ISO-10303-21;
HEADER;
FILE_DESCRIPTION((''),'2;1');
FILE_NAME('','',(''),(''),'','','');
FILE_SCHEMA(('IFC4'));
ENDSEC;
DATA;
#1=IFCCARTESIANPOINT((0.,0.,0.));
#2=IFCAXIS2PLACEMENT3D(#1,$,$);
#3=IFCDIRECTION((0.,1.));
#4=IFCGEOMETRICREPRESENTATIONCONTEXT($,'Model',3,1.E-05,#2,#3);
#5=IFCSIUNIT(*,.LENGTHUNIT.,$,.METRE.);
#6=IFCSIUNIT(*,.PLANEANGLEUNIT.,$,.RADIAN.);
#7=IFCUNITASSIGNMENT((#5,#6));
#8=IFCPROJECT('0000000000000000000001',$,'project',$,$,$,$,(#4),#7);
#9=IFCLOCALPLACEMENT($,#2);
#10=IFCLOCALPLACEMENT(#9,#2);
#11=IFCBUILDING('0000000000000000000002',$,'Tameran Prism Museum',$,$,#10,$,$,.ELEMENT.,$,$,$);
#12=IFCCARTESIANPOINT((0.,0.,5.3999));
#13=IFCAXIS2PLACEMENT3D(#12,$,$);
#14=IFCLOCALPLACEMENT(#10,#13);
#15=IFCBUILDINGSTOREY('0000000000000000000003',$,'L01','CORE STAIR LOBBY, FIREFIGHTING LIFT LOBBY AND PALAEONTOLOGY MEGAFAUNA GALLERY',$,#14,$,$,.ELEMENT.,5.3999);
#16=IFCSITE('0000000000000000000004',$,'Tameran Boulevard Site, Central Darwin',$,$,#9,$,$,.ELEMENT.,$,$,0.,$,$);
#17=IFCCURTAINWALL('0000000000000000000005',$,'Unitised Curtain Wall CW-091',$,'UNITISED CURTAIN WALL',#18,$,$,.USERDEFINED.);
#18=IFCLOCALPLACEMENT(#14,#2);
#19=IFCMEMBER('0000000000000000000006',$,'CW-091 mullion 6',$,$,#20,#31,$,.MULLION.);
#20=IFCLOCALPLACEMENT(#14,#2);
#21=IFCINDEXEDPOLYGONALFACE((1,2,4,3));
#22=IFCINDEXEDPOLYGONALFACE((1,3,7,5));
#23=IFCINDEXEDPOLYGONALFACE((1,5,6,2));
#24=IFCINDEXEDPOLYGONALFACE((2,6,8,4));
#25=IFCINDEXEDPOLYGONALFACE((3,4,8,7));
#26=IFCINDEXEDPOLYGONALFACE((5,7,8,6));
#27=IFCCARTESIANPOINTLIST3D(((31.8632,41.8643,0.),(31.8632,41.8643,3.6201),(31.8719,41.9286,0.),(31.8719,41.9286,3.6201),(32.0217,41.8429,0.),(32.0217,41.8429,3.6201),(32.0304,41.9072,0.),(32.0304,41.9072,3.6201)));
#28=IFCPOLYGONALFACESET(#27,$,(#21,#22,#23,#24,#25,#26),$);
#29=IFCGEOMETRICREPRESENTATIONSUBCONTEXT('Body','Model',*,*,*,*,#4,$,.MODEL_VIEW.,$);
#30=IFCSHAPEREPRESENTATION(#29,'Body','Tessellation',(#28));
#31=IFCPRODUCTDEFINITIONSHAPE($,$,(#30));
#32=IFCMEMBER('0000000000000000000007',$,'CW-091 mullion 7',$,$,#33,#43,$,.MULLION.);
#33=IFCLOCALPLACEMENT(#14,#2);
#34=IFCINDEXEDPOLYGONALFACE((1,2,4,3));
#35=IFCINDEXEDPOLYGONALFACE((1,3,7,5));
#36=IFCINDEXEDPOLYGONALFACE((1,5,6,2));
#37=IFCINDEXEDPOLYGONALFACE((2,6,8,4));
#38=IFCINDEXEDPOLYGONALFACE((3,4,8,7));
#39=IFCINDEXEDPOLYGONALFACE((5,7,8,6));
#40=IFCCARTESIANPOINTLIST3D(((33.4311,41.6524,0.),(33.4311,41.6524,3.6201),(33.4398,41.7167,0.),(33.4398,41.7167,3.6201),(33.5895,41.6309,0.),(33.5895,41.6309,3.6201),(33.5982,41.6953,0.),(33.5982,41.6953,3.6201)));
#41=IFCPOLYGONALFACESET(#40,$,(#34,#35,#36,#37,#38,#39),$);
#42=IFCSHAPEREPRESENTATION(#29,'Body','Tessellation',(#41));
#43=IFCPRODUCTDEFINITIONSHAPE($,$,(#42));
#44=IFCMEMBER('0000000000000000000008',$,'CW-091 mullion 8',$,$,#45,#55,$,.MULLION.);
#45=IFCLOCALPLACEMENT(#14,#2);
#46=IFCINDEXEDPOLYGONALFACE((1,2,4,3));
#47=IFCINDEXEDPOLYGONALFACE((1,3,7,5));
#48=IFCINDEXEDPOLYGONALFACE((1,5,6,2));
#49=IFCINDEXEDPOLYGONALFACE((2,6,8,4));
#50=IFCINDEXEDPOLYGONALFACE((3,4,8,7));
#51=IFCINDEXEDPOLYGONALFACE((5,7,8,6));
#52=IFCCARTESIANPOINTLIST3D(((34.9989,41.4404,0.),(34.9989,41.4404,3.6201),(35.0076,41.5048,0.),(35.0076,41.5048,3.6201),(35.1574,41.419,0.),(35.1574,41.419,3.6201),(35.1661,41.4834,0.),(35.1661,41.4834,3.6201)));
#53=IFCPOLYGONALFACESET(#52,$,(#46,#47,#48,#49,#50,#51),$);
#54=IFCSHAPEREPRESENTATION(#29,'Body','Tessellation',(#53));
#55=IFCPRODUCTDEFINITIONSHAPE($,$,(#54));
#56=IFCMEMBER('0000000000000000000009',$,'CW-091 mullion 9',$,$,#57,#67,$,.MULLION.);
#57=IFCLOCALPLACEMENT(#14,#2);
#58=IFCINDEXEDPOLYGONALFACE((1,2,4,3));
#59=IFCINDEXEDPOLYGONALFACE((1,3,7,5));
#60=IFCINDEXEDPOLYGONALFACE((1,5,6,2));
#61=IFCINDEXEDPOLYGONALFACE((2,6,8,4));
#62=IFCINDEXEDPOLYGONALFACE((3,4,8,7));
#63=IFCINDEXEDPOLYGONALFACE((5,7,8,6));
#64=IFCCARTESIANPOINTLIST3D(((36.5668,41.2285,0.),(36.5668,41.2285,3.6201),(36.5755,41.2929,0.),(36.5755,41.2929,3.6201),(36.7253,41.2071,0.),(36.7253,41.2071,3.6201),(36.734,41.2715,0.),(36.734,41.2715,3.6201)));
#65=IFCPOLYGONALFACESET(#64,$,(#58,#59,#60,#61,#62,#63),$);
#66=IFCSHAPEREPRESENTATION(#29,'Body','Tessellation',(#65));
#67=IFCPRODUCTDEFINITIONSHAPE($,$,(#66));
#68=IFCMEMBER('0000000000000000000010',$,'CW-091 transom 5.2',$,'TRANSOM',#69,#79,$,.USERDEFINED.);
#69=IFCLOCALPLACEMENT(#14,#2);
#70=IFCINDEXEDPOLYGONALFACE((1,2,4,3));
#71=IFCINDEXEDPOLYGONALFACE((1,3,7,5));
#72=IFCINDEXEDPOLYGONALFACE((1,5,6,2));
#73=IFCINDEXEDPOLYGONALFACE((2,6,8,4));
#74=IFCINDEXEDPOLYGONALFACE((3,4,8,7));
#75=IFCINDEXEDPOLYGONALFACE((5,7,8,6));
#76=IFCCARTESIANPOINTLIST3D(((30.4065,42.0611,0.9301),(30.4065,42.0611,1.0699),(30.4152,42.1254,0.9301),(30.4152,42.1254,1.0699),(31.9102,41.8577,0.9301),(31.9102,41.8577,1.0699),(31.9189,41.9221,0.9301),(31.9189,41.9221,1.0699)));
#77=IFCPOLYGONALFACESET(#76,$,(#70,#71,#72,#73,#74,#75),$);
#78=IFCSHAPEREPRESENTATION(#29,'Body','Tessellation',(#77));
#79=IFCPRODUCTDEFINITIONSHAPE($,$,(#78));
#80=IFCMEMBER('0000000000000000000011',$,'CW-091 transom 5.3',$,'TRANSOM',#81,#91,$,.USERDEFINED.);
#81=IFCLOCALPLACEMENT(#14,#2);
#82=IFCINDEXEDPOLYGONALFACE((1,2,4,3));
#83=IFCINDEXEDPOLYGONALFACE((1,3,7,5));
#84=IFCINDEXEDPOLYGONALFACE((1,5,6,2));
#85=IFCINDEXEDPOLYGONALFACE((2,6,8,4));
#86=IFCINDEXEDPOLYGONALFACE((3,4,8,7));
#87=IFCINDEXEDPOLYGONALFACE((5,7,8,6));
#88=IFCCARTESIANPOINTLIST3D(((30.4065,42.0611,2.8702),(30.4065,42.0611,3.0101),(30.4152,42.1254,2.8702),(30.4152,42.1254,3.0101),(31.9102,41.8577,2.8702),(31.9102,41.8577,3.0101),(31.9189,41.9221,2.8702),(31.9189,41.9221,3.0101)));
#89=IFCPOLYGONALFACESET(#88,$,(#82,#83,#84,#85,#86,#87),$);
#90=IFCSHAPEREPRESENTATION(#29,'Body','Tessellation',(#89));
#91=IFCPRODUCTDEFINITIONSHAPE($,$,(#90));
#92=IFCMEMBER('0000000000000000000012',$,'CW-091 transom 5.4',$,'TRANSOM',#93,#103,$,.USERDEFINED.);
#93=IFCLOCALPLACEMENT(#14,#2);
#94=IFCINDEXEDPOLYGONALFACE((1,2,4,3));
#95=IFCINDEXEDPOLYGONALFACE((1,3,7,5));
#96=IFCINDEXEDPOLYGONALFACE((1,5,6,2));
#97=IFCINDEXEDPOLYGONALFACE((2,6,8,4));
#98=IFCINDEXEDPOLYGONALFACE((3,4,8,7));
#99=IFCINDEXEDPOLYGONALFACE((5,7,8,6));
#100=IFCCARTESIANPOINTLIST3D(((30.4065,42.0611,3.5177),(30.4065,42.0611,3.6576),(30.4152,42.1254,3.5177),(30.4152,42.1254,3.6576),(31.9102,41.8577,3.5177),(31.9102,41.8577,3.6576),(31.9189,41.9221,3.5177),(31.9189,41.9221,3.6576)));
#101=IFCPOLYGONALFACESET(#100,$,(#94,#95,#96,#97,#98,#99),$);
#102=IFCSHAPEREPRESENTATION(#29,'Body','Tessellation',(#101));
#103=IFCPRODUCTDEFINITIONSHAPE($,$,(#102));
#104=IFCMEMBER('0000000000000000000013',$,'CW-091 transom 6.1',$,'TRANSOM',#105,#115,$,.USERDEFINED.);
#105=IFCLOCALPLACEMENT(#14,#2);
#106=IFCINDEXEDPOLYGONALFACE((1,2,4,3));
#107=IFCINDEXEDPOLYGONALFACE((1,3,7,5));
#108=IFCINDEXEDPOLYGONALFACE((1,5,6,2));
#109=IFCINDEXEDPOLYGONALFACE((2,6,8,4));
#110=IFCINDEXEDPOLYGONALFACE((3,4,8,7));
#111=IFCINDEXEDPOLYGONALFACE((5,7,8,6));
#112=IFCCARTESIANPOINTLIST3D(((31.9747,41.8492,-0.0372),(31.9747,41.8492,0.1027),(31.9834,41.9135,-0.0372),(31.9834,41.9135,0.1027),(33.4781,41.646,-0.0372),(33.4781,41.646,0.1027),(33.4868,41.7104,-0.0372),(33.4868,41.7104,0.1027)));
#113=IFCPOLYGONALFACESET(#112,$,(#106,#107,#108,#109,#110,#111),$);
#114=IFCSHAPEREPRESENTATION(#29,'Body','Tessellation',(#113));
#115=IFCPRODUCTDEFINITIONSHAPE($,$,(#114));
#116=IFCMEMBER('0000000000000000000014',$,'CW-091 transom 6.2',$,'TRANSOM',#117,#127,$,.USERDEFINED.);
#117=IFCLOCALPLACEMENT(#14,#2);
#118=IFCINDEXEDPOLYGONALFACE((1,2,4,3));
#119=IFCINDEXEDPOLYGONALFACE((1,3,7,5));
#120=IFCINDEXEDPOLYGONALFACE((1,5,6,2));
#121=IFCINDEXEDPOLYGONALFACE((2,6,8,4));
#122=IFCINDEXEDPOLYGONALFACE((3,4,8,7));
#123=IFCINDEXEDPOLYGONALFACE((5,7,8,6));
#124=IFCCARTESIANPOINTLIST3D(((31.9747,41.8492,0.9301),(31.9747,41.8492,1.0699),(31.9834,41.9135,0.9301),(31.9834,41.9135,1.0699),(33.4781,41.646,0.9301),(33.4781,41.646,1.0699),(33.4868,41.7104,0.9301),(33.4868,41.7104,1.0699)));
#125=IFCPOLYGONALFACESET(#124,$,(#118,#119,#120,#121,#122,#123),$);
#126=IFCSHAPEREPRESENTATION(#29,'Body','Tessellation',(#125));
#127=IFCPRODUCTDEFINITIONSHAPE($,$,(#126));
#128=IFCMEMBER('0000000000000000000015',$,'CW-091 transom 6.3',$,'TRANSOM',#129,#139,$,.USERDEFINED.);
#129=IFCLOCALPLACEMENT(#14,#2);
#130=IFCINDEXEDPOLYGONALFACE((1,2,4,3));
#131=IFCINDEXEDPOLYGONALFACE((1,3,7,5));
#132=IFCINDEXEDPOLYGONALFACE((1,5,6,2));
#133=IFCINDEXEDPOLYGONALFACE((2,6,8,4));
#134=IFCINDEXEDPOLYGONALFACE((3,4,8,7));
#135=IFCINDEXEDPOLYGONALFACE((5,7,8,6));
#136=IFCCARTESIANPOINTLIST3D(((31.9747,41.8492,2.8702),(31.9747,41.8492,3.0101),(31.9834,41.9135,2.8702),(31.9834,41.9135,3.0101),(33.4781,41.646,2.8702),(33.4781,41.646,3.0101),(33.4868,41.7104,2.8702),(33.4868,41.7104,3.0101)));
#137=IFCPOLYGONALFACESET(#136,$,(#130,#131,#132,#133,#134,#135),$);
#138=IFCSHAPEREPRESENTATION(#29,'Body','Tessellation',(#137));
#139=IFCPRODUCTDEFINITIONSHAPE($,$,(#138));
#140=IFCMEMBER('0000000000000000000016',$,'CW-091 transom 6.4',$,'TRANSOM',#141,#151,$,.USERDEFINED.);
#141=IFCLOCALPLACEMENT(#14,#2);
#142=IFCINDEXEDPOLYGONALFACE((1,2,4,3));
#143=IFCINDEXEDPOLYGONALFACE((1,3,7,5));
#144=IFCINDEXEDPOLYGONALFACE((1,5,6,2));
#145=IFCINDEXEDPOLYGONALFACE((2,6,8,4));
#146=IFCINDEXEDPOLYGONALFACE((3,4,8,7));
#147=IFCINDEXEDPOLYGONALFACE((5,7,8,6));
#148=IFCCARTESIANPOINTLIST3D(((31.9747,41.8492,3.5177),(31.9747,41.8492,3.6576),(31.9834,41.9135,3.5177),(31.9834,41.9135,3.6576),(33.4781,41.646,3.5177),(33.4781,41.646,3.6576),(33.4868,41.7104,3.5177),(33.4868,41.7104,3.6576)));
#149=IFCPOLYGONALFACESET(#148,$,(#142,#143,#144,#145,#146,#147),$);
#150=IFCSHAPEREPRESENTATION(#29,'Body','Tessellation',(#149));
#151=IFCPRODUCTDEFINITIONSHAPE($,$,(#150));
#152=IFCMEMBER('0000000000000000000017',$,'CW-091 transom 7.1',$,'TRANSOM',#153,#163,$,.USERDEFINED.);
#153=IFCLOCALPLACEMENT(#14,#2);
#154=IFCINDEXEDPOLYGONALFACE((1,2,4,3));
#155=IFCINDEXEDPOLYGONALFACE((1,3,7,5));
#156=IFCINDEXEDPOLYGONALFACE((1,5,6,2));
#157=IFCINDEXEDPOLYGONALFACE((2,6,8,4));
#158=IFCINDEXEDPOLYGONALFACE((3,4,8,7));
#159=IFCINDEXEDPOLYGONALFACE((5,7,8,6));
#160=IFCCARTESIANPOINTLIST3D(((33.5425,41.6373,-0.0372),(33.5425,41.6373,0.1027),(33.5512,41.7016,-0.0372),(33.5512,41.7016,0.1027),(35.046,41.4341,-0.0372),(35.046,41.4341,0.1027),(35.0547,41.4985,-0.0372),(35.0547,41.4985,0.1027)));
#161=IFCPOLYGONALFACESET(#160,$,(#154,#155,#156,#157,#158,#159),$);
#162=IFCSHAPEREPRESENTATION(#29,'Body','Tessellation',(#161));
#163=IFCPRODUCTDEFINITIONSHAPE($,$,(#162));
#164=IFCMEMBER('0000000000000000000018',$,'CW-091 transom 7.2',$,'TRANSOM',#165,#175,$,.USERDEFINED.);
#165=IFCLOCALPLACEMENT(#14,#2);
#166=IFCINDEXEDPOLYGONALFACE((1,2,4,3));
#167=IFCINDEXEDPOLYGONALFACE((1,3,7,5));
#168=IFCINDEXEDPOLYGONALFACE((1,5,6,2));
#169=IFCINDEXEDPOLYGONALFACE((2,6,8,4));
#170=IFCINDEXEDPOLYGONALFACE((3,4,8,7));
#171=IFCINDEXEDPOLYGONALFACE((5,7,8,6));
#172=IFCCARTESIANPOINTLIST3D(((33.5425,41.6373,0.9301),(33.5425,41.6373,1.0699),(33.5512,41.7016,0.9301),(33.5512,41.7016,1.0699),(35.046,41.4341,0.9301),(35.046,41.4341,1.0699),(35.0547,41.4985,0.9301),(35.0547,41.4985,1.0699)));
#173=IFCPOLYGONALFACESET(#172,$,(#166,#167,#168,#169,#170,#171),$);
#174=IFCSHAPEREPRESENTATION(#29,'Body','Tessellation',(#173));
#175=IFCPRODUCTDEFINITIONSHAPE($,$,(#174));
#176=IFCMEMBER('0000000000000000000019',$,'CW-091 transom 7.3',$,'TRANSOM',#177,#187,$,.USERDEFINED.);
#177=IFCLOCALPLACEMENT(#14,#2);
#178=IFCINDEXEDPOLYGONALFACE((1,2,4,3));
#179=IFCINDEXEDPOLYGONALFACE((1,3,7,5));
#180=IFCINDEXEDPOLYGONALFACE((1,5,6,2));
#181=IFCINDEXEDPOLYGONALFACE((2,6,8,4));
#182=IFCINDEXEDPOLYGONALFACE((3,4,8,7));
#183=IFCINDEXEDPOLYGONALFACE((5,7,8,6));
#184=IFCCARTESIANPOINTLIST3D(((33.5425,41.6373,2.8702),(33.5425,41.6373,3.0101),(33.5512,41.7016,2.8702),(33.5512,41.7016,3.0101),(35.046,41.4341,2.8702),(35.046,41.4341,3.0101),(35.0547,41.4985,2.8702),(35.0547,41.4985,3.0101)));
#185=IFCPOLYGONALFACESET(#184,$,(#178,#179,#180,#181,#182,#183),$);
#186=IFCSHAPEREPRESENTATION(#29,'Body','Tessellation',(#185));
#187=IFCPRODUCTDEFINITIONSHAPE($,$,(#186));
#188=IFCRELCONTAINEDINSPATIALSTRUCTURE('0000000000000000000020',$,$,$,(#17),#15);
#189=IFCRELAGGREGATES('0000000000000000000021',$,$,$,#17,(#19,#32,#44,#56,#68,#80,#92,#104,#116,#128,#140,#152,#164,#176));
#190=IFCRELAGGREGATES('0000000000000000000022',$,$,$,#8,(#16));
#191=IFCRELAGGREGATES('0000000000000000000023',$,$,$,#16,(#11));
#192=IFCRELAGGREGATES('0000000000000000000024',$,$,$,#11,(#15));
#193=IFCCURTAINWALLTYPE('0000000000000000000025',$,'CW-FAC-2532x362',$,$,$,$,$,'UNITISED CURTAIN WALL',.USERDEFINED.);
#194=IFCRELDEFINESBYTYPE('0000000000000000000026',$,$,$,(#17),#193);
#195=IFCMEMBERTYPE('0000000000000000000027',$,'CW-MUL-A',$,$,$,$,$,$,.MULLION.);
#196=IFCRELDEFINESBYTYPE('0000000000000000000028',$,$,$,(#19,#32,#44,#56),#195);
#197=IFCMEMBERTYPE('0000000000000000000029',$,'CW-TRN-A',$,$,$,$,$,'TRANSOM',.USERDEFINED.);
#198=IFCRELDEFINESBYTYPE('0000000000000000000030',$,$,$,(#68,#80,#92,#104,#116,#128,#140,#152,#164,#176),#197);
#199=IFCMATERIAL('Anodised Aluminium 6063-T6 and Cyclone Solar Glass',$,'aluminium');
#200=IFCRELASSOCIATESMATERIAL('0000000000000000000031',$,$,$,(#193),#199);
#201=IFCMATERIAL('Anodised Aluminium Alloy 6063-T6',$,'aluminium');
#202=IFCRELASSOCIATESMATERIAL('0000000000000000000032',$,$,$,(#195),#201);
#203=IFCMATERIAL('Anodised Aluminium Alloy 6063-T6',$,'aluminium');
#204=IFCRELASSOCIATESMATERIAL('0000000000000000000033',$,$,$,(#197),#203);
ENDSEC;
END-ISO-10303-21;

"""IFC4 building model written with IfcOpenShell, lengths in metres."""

from ifc_helpers import new_model, si_unit, direction, frame, origin, origin_2d, place, context, subcontext, project, spatial, rectangle, extrude, material, material_profile, profile_set, type_object, element, aggregate, save


model = new_model("IFC4")

# Units and contexts
model_context = context("Model", 3, precision=1e-05, world=origin(), true_north=direction((0.0, 1.0)))
body_context = subcontext(model_context, "Body", "Model", "MODEL_VIEW")
ifc_project = project(units=[si_unit("LENGTHUNIT", "METRE"), si_unit("PLANEANGLEUNIT", "RADIAN")], contexts=[model_context])

# Site, building, storey
site_placement = place(None, origin())
site = spatial("IfcSite", under=ifc_project, at=site_placement, Name="Tameran Boulevard Site, Central Darwin", CompositionType="ELEMENT", RefElevation=0.0)
building_placement = place(site_placement, origin())
building = spatial("IfcBuilding", under=site, at=building_placement, Name="Tameran Prism Museum", CompositionType="ELEMENT")
storey_placement = place(building_placement, frame((0.0, 0.0, 5.3999)))
storey = spatial("IfcBuildingStorey", under=building, at=storey_placement, Name="L01", Description="CORE STAIR LOBBY, FIREFIGHTING LIFT LOBBY AND PALAEONTOLOGY MEGAFAUNA GALLERY", CompositionType="ELEMENT", Elevation=5.3999)

# Curtain wall, members
ifc_material_1 = material(Name="Anodised Aluminium 6063-T6 and Cyclone Solar Glass", Category="aluminium")
curtain_wall_type = type_object("IfcCurtainWallType", Name="CW-FAC-2532x362", ElementType="UNITISED CURTAIN WALL", PredefinedType="USERDEFINED", material=ifc_material_1)
curtain_wall_placement = place(storey_placement, origin())
curtain_wall = element("IfcCurtainWall", 1, at=curtain_wall_placement, inside=storey, type_object=curtain_wall_type, Name="Unitised Curtain Wall CW-091", ObjectType="UNITISED CURTAIN WALL", PredefinedType="USERDEFINED")
ifc_material_2 = material(Name="Anodised Aluminium Alloy 6063-T6", Category="aluminium")
ifc_material_profile_1 = material_profile(ifc_material_2, rectangle(XDim=0.0649, YDim=0.1599, at=origin_2d()))
ifc_profile_set_1 = profile_set([ifc_material_profile_1])
member_type_1 = type_object("IfcMemberType", Name="CW-MUL-A", PredefinedType="MULLION", material=ifc_profile_set_1)
member_1_placement = place(storey_placement, frame((31.9468, 41.8857, 0.0), z_axis=(0.0, 0.0, 1.0), x_axis=(0.133913, 0.990993, 0.0)))
member_1 = element("IfcMember", 2, at=member_1_placement, type_object=member_type_1, Name="CW-091 mullion 6", PredefinedType="MULLION", context=body_context, shape_type="SweptSolid", body=[
    extrude(rectangle(XDim=0.0649, YDim=0.1599, at=origin_2d()), origin(), (0.0, 0.0, 1.0), 3.6201),
])
member_2_placement = place(storey_placement, frame((33.5146, 41.6738, 0.0), z_axis=(0.0, 0.0, 1.0), x_axis=(0.133913, 0.990993, 0.0)))
member_2 = element("IfcMember", 3, at=member_2_placement, type_object=member_type_1, Name="CW-091 mullion 7", PredefinedType="MULLION", context=body_context, shape_type="SweptSolid", body=[
    extrude(rectangle(XDim=0.0649, YDim=0.1599, at=origin_2d()), origin(), (0.0, 0.0, 1.0), 3.6201),
])
member_3_placement = place(storey_placement, frame((35.0825, 41.4619, 0.0), z_axis=(0.0, 0.0, 1.0), x_axis=(0.133913, 0.990993, 0.0)))
member_3 = element("IfcMember", 4, at=member_3_placement, type_object=member_type_1, Name="CW-091 mullion 8", PredefinedType="MULLION", context=body_context, shape_type="SweptSolid", body=[
    extrude(rectangle(XDim=0.0649, YDim=0.1599, at=origin_2d()), origin(), (0.0, 0.0, 1.0), 3.6201),
])
member_4_placement = place(storey_placement, frame((36.6504, 41.25, 0.0), z_axis=(0.0, 0.0, 1.0), x_axis=(0.133913, 0.990993, 0.0)))
member_4 = element("IfcMember", 5, at=member_4_placement, type_object=member_type_1, Name="CW-091 mullion 9", PredefinedType="MULLION", context=body_context, shape_type="SweptSolid", body=[
    extrude(rectangle(XDim=0.0649, YDim=0.1599, at=origin_2d()), origin(), (0.0, 0.0, 1.0), 3.6201),
])
ifc_material_3 = material(Name="Anodised Aluminium Alloy 6063-T6", Category="aluminium")
ifc_material_profile_2 = material_profile(ifc_material_3, rectangle(XDim=0.0649, YDim=0.1399, at=origin_2d()))
ifc_profile_set_2 = profile_set([ifc_material_profile_2])
member_type_2 = type_object("IfcMemberType", Name="CW-TRN-A", ElementType="TRANSOM", PredefinedType="USERDEFINED", material=ifc_profile_set_2)
member_5_placement = place(storey_placement, frame((30.4109, 42.0933, 1.0), z_axis=(0.990977, -0.134029, 0.0), x_axis=(0.134029, 0.990977, 0.0)))
member_5 = element("IfcMember", 6, at=member_5_placement, type_object=member_type_2, Name="CW-091 transom 5.2", ObjectType="TRANSOM", PredefinedType="USERDEFINED", context=body_context, shape_type="SweptSolid", body=[
    extrude(rectangle(XDim=0.0649, YDim=0.1399, at=origin_2d()), origin(), (0.0, 0.0, 1.0), 1.5173),
])
member_6_placement = place(storey_placement, frame((30.4109, 42.0933, 2.9402), z_axis=(0.990977, -0.134029, 0.0), x_axis=(0.134029, 0.990977, 0.0)))
member_6 = element("IfcMember", 7, at=member_6_placement, type_object=member_type_2, Name="CW-091 transom 5.3", ObjectType="TRANSOM", PredefinedType="USERDEFINED", context=body_context, shape_type="SweptSolid", body=[
    extrude(rectangle(XDim=0.0649, YDim=0.1399, at=origin_2d()), origin(), (0.0, 0.0, 1.0), 1.5173),
])
member_7_placement = place(storey_placement, frame((30.4109, 42.0933, 3.5876), z_axis=(0.990977, -0.134029, 0.0), x_axis=(0.134029, 0.990977, 0.0)))
member_7 = element("IfcMember", 8, at=member_7_placement, type_object=member_type_2, Name="CW-091 transom 5.4", ObjectType="TRANSOM", PredefinedType="USERDEFINED", context=body_context, shape_type="SweptSolid", body=[
    extrude(rectangle(XDim=0.0649, YDim=0.1399, at=origin_2d()), origin(), (0.0, 0.0, 1.0), 1.5173),
])
member_8_placement = place(storey_placement, frame((31.979, 41.8813, 0.0327), z_axis=(0.990996, -0.133892, 0.0), x_axis=(0.133892, 0.990996, 0.0)))
member_8 = element("IfcMember", 9, at=member_8_placement, type_object=member_type_2, Name="CW-091 transom 6.1", ObjectType="TRANSOM", PredefinedType="USERDEFINED", context=body_context, shape_type="SweptSolid", body=[
    extrude(rectangle(XDim=0.0649, YDim=0.1399, at=origin_2d()), origin(), (0.0, 0.0, 1.0), 1.5171),
])
member_9_placement = place(storey_placement, frame((31.979, 41.8813, 1.0), z_axis=(0.990996, -0.133892, 0.0), x_axis=(0.133892, 0.990996, 0.0)))
member_9 = element("IfcMember", 10, at=member_9_placement, type_object=member_type_2, Name="CW-091 transom 6.2", ObjectType="TRANSOM", PredefinedType="USERDEFINED", context=body_context, shape_type="SweptSolid", body=[
    extrude(rectangle(XDim=0.0649, YDim=0.1399, at=origin_2d()), origin(), (0.0, 0.0, 1.0), 1.5171),
])
member_10_placement = place(storey_placement, frame((31.979, 41.8813, 2.9402), z_axis=(0.990996, -0.133892, 0.0), x_axis=(0.133892, 0.990996, 0.0)))
member_10 = element("IfcMember", 11, at=member_10_placement, type_object=member_type_2, Name="CW-091 transom 6.3", ObjectType="TRANSOM", PredefinedType="USERDEFINED", context=body_context, shape_type="SweptSolid", body=[
    extrude(rectangle(XDim=0.0649, YDim=0.1399, at=origin_2d()), origin(), (0.0, 0.0, 1.0), 1.5171),
])
member_11_placement = place(storey_placement, frame((31.979, 41.8813, 3.5876), z_axis=(0.990996, -0.133892, 0.0), x_axis=(0.133892, 0.990996, 0.0)))
member_11 = element("IfcMember", 12, at=member_11_placement, type_object=member_type_2, Name="CW-091 transom 6.4", ObjectType="TRANSOM", PredefinedType="USERDEFINED", context=body_context, shape_type="SweptSolid", body=[
    extrude(rectangle(XDim=0.0649, YDim=0.1399, at=origin_2d()), origin(), (0.0, 0.0, 1.0), 1.5171),
])
member_12_placement = place(storey_placement, frame((33.5469, 41.6694, 0.0327), z_axis=(0.990996, -0.133892, 0.0), x_axis=(0.133892, 0.990996, 0.0)))
member_12 = element("IfcMember", 13, at=member_12_placement, type_object=member_type_2, Name="CW-091 transom 7.1", ObjectType="TRANSOM", PredefinedType="USERDEFINED", context=body_context, shape_type="SweptSolid", body=[
    extrude(rectangle(XDim=0.0649, YDim=0.1399, at=origin_2d()), origin(), (0.0, 0.0, 1.0), 1.5171),
])
member_13_placement = place(storey_placement, frame((33.5469, 41.6694, 1.0), z_axis=(0.990996, -0.133892, 0.0), x_axis=(0.133892, 0.990996, 0.0)))
member_13 = element("IfcMember", 14, at=member_13_placement, type_object=member_type_2, Name="CW-091 transom 7.2", ObjectType="TRANSOM", PredefinedType="USERDEFINED", context=body_context, shape_type="SweptSolid", body=[
    extrude(rectangle(XDim=0.0649, YDim=0.1399, at=origin_2d()), origin(), (0.0, 0.0, 1.0), 1.5171),
])
member_14_placement = place(storey_placement, frame((33.5469, 41.6694, 2.9402), z_axis=(0.990996, -0.133892, 0.0), x_axis=(0.133892, 0.990996, 0.0)))
member_14 = element("IfcMember", 15, at=member_14_placement, type_object=member_type_2, Name="CW-091 transom 7.3", ObjectType="TRANSOM", PredefinedType="USERDEFINED", context=body_context, shape_type="SweptSolid", body=[
    extrude(rectangle(XDim=0.0649, YDim=0.1399, at=origin_2d()), origin(), (0.0, 0.0, 1.0), 1.5171),
])
aggregate(curtain_wall, [member_1, member_2, member_3, member_4, member_5, member_6, member_7, member_8, member_9, member_10, member_11, member_12, member_13, member_14])

save(model, "model.ifc")
